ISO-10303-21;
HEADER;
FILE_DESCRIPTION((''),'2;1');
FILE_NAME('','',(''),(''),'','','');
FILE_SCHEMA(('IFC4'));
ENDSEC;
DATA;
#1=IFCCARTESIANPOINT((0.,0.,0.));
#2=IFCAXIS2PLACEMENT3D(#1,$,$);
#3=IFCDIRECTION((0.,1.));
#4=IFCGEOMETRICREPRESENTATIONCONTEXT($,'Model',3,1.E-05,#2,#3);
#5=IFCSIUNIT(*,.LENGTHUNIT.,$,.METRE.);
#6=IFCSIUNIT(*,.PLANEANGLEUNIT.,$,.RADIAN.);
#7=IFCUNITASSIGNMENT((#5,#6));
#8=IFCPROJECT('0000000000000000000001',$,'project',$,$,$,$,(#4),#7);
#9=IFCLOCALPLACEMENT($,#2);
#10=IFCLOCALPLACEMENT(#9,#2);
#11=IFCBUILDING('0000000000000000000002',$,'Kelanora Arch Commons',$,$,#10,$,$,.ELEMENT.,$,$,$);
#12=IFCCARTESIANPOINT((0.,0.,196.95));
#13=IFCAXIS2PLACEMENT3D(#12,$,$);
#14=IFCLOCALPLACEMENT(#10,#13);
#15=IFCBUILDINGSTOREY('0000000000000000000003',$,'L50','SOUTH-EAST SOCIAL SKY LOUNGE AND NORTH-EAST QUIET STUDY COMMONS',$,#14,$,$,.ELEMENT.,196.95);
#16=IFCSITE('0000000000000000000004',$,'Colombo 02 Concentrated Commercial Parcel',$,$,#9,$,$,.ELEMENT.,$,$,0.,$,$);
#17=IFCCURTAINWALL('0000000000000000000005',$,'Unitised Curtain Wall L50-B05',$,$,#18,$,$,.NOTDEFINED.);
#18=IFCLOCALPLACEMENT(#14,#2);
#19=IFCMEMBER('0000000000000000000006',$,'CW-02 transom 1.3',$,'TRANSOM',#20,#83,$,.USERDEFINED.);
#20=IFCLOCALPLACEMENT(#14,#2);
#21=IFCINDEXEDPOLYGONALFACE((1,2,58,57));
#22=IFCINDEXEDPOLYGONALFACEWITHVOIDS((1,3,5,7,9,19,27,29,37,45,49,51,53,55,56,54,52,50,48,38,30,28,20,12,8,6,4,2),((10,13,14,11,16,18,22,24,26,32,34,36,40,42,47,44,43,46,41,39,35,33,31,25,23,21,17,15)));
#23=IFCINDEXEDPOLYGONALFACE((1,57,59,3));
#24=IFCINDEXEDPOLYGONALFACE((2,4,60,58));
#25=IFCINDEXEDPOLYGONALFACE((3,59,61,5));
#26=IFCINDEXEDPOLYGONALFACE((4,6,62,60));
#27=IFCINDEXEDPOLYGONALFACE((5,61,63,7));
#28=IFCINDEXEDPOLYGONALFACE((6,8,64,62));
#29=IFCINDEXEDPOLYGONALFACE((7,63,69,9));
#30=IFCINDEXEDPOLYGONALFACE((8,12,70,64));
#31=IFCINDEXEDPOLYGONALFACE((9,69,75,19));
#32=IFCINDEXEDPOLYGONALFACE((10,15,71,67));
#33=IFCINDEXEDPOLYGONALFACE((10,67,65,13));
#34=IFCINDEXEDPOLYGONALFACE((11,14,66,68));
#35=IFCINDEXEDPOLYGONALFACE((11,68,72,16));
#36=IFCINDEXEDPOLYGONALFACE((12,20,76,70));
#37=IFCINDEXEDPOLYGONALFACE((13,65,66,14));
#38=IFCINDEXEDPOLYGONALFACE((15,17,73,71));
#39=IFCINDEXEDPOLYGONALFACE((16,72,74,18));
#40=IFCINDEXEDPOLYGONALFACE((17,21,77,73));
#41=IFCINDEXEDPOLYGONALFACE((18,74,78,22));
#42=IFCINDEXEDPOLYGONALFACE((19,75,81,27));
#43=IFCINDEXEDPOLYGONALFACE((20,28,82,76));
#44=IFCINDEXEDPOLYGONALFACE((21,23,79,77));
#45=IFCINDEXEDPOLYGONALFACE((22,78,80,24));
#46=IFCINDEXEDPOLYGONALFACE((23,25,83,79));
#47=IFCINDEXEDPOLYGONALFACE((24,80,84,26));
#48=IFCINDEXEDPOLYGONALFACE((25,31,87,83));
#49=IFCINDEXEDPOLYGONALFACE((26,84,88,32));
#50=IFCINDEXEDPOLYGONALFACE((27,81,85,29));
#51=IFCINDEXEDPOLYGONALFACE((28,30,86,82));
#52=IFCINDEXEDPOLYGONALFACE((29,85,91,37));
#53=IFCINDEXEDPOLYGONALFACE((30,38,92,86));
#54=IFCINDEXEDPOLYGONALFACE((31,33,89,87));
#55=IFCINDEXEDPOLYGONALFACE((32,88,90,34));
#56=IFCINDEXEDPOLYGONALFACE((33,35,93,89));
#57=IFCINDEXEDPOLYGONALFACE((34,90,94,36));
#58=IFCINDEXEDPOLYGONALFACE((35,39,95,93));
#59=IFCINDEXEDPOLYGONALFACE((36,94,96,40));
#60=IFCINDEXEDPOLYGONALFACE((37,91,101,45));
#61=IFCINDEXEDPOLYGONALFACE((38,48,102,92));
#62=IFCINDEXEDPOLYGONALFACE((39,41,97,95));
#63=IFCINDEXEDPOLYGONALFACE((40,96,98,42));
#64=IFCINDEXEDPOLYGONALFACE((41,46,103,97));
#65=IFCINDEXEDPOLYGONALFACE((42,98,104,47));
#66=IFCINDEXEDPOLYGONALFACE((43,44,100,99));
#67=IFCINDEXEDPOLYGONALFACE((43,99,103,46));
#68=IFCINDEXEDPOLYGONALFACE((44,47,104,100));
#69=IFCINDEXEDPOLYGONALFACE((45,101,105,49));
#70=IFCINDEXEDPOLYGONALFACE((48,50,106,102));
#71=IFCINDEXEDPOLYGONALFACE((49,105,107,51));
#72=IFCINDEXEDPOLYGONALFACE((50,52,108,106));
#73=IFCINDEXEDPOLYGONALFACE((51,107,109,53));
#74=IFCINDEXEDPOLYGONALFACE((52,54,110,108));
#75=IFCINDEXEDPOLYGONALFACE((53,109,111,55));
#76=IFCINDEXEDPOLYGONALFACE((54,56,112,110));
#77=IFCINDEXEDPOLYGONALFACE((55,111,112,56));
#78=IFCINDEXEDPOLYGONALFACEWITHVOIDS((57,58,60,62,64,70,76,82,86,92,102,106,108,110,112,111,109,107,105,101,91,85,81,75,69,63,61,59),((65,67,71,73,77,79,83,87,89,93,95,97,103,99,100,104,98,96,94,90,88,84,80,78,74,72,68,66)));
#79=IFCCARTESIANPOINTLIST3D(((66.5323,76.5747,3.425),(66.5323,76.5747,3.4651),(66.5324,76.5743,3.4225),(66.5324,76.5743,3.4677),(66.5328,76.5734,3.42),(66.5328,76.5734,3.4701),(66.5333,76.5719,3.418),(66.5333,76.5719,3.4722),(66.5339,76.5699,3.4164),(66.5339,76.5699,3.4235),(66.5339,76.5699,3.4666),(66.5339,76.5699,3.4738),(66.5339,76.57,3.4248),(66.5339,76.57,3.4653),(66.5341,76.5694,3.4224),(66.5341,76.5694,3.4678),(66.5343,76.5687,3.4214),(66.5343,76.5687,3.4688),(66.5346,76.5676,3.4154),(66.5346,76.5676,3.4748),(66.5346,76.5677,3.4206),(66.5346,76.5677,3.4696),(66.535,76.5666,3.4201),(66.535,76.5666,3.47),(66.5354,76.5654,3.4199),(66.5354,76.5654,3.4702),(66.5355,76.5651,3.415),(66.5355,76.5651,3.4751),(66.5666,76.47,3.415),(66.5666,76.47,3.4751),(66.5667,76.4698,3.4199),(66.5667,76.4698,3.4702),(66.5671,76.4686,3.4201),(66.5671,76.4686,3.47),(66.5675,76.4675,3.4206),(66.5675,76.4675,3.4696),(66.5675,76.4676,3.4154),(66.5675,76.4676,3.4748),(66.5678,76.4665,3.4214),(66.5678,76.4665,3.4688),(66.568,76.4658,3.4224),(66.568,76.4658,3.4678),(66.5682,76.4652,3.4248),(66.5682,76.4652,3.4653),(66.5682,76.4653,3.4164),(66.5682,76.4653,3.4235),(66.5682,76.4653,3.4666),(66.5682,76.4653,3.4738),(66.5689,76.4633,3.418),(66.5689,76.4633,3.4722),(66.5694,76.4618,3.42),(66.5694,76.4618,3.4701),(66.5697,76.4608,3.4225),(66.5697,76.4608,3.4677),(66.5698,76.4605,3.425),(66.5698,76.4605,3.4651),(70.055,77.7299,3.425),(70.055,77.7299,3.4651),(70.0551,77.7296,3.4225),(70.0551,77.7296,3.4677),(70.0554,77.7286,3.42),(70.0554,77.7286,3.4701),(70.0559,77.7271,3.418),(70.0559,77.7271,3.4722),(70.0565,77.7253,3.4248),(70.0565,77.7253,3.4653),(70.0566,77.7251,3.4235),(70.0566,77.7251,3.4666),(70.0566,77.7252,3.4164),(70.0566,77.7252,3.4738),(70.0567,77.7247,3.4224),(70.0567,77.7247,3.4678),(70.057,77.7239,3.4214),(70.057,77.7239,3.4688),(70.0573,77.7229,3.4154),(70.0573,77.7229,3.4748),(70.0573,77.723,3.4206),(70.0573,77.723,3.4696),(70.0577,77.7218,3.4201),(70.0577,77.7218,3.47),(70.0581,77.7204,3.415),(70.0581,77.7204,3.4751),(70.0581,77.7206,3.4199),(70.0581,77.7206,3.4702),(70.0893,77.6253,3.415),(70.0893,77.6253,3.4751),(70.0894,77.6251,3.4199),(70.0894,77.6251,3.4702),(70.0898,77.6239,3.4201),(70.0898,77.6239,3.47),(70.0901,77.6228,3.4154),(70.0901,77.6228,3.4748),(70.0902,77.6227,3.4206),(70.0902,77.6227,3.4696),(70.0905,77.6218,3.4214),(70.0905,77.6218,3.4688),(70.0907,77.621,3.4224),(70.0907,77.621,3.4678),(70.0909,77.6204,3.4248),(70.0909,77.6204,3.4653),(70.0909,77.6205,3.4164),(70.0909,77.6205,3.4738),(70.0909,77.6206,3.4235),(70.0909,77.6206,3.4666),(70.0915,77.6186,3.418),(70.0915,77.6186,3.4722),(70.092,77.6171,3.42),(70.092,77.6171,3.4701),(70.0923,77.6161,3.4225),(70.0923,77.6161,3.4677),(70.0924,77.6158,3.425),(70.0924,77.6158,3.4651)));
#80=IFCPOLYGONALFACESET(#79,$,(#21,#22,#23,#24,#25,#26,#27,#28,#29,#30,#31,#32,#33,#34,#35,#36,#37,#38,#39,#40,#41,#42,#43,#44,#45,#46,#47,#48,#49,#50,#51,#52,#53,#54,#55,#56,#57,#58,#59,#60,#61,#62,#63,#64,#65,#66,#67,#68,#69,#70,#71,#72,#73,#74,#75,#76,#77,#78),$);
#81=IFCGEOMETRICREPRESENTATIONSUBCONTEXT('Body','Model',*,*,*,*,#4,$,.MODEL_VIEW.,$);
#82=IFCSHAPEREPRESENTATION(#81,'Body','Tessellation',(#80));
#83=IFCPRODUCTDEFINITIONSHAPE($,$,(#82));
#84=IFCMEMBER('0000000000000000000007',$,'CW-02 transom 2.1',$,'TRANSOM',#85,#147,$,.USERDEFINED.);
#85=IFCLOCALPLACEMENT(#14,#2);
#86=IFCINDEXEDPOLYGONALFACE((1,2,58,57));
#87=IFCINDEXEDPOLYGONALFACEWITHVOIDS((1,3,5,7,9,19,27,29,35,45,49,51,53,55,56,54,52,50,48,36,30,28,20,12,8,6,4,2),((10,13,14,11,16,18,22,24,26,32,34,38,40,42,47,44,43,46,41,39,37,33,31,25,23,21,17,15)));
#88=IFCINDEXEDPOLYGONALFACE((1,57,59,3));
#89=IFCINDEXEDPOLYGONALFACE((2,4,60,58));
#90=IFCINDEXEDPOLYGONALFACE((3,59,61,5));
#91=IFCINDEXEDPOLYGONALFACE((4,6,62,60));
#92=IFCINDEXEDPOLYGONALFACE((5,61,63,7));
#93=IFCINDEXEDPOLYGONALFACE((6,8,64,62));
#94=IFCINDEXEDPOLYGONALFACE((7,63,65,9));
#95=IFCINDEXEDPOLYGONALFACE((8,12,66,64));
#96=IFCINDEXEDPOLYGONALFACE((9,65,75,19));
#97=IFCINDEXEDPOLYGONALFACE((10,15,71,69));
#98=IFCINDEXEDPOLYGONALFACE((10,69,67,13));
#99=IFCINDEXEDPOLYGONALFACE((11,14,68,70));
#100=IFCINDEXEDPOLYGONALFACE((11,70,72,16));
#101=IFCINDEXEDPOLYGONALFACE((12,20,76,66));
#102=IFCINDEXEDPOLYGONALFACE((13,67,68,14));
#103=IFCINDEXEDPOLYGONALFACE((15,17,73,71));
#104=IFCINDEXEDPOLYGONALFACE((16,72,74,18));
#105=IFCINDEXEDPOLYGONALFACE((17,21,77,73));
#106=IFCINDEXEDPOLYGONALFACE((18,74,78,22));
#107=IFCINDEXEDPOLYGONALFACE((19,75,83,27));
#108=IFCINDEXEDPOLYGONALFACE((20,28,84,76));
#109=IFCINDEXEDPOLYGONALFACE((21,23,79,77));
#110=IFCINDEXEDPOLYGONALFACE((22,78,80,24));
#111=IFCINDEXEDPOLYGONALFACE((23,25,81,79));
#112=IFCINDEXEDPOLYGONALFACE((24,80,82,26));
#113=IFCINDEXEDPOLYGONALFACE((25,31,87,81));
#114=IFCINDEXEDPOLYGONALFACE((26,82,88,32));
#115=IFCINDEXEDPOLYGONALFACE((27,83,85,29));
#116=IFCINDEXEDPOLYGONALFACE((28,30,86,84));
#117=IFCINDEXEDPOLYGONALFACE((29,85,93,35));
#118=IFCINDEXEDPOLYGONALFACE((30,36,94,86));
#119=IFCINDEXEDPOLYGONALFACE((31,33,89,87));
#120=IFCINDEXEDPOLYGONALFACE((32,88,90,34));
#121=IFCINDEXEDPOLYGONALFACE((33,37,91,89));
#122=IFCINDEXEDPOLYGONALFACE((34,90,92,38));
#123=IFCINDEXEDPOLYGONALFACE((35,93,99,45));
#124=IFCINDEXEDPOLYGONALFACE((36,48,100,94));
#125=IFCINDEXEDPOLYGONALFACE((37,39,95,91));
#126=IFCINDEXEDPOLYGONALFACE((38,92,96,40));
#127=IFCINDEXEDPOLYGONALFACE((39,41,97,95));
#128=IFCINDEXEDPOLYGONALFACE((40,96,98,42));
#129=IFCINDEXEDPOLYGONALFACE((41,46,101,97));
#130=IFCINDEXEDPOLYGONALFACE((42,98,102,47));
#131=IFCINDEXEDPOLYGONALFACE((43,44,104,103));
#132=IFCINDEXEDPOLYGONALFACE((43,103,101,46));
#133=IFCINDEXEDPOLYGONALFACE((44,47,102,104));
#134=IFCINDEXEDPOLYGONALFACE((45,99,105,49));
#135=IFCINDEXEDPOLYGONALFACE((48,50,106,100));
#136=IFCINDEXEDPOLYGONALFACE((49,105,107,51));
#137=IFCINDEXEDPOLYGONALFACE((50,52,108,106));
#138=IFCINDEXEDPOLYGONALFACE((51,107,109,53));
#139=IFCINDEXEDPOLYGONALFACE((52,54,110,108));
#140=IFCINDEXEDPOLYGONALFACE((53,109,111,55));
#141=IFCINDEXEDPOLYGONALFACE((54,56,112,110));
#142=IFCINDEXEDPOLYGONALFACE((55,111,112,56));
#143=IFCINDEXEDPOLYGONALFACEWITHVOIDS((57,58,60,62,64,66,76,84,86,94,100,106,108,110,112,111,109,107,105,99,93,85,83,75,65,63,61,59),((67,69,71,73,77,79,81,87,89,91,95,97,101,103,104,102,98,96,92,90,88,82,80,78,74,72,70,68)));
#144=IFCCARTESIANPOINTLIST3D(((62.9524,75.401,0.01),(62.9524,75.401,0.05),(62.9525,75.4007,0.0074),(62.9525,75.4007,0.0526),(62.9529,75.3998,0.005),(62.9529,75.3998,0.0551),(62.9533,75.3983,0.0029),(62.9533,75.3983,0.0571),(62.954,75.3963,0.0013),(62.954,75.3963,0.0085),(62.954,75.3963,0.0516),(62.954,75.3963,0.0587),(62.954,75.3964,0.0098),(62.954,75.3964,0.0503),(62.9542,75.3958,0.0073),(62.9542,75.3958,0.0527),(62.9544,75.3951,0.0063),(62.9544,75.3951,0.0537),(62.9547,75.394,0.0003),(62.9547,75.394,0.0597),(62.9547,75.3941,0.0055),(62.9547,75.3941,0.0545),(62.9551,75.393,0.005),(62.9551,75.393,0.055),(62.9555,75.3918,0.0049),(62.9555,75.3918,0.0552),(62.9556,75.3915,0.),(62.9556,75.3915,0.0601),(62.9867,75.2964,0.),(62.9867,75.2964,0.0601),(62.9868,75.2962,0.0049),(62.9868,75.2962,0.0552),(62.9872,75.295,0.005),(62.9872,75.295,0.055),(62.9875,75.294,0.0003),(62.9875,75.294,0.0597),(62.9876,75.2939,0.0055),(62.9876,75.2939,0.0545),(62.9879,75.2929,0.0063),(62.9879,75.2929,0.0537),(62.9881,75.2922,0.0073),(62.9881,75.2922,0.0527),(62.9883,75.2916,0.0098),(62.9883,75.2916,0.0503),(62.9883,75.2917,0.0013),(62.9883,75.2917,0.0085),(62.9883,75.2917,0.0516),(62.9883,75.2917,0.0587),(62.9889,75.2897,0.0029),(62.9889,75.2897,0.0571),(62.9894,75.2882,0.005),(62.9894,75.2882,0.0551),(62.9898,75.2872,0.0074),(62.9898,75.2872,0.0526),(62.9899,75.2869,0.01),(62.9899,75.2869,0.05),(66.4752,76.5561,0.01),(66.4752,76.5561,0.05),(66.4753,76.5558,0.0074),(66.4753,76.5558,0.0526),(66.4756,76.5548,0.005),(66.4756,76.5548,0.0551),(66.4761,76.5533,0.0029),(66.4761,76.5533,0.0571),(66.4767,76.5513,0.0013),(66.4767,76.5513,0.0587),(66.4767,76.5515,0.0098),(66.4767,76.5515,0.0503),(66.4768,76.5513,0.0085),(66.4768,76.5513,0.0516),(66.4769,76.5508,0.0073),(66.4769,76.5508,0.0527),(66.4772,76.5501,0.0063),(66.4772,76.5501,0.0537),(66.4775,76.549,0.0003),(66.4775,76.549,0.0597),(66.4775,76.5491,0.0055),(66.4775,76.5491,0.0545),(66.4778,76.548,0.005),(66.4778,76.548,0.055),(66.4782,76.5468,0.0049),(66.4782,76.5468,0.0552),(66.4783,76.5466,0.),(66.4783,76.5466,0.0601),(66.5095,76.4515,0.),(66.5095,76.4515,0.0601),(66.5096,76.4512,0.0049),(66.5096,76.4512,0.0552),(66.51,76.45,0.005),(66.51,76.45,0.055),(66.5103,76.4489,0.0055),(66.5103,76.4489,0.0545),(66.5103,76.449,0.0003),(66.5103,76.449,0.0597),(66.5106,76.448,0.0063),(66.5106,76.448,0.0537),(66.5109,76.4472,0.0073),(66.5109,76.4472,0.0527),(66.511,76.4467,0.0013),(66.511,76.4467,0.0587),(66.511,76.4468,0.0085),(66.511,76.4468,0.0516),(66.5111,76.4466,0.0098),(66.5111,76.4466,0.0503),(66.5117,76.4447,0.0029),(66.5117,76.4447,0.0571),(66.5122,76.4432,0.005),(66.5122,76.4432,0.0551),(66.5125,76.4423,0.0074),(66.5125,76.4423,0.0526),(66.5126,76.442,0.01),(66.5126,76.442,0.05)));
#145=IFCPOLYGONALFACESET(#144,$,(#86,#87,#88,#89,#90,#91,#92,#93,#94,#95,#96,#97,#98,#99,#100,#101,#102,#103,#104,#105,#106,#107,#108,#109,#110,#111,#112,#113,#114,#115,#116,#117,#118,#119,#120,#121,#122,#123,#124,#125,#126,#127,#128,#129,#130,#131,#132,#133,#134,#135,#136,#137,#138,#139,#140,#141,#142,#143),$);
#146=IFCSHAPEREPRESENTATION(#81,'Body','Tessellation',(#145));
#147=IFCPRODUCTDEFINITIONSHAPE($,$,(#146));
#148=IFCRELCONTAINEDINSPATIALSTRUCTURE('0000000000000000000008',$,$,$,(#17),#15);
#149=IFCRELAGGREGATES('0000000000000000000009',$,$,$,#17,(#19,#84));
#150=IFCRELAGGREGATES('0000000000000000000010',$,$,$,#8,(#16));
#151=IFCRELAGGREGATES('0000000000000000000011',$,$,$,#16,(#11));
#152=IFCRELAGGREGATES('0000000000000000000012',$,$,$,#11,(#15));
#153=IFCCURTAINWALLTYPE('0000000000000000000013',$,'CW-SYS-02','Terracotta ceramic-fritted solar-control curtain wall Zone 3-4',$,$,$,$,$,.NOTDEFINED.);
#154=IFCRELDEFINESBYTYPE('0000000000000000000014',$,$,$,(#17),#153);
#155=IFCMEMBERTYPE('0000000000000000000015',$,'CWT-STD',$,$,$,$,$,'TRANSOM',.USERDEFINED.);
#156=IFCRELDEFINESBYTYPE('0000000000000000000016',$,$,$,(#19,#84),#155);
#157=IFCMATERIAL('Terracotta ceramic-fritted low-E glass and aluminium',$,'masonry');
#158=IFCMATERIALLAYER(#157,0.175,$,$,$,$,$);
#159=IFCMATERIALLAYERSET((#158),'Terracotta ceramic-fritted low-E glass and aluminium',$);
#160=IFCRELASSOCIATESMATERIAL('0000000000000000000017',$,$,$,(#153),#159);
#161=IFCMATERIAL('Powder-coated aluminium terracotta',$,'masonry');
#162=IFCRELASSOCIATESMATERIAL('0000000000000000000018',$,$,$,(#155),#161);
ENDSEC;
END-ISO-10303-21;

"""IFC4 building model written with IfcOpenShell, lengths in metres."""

from ifc_helpers import new_model, si_unit, direction, frame, origin, origin_2d, place, context, subcontext, project, spatial, hollow_rectangle, extrude, material, layer, layer_set, material_profile, profile_set, type_object, element, aggregate, save


model = new_model("IFC4")

# Units and contexts
model_context = context("Model", 3, precision=1e-05, world=origin(), true_north=direction((0.0, 1.0)))
body_context = subcontext(model_context, "Body", "Model", "MODEL_VIEW")
ifc_project = project(units=[si_unit("LENGTHUNIT", "METRE"), si_unit("PLANEANGLEUNIT", "RADIAN")], contexts=[model_context])

# Site, building, storey
site_placement = place(None, origin())
site = spatial("IfcSite", under=ifc_project, at=site_placement, Name="Colombo 02 Concentrated Commercial Parcel", CompositionType="ELEMENT", RefElevation=0.0)
building_placement = place(site_placement, origin())
building = spatial("IfcBuilding", under=site, at=building_placement, Name="Kelanora Arch Commons", CompositionType="ELEMENT")
storey_placement = place(building_placement, frame((0.0, 0.0, 196.95)))
storey = spatial("IfcBuildingStorey", under=building, at=storey_placement, Name="L50", Description="SOUTH-EAST SOCIAL SKY LOUNGE AND NORTH-EAST QUIET STUDY COMMONS", CompositionType="ELEMENT", Elevation=196.95)

# Curtain wall, members
ifc_material_1 = material(Name="Terracotta ceramic-fritted low-E glass and aluminium", Category="masonry")
ifc_layer_1 = layer(ifc_material_1, 0.175)
ifc_layer_set_1 = layer_set([ifc_layer_1], Name="Terracotta ceramic-fritted low-E glass and aluminium")
curtain_wall_type = type_object("IfcCurtainWallType", Name="CW-SYS-02", Description="Terracotta ceramic-fritted solar-control curtain wall Zone 3-4", PredefinedType="NOTDEFINED", material=ifc_layer_set_1)
curtain_wall_placement = place(storey_placement, origin())
curtain_wall = element("IfcCurtainWall", 1, at=curtain_wall_placement, inside=storey, type_object=curtain_wall_type, Name="Unitised Curtain Wall L50-B05", PredefinedType="NOTDEFINED")
ifc_material_2 = material(Name="Powder-coated aluminium terracotta", Category="masonry")
ifc_material_profile_1 = material_profile(ifc_material_2, hollow_rectangle(XDim=0.1201, YDim=0.0601, WallThickness=0.0049, InnerFilletRadius=0.0049, OuterFilletRadius=0.01, at=origin_2d()), Name="CWT120x60")
ifc_profile_set_1 = profile_set([ifc_material_profile_1], Name="Powder-coated aluminium terracotta")
member_type_1 = type_object("IfcMemberType", Name="CWT-STD", ElementType="TRANSOM", PredefinedType="USERDEFINED", material=ifc_profile_set_1)
member_1_placement = place(storey_placement, frame((70.0737, 77.6729, 3.4451), z_axis=(-0.950207, -0.311621, 0.0), x_axis=(0.311621, -0.950207, 0.0)))
member_1 = element("IfcMember", 2, at=member_1_placement, type_object=member_type_1, Name="CW-02 transom 1.3", ObjectType="TRANSOM", PredefinedType="USERDEFINED", context=body_context, shape_type="SweptSolid", body=[
    extrude(hollow_rectangle(XDim=0.1201, YDim=0.0601, WallThickness=0.0049, InnerFilletRadius=0.0049, OuterFilletRadius=0.01, at=origin_2d()), origin(), (0.0, 0.0, 1.0), 3.7073),
])
member_2_placement = place(storey_placement, frame((66.4939, 76.499, 0.03), z_axis=(-0.950226, -0.311561, 0.0), x_axis=(0.311561, -0.950226, 0.0)))
member_2 = element("IfcMember", 3, at=member_2_placement, type_object=member_type_1, Name="CW-02 transom 2.1", ObjectType="TRANSOM", PredefinedType="USERDEFINED", context=body_context, shape_type="SweptSolid", body=[
    extrude(hollow_rectangle(XDim=0.1201, YDim=0.0601, WallThickness=0.0049, InnerFilletRadius=0.0049, OuterFilletRadius=0.01, at=origin_2d()), origin(), (0.0, 0.0, 1.0), 3.7073),
])
aggregate(curtain_wall, [member_1, member_2])

save(model, "model.ifc")
